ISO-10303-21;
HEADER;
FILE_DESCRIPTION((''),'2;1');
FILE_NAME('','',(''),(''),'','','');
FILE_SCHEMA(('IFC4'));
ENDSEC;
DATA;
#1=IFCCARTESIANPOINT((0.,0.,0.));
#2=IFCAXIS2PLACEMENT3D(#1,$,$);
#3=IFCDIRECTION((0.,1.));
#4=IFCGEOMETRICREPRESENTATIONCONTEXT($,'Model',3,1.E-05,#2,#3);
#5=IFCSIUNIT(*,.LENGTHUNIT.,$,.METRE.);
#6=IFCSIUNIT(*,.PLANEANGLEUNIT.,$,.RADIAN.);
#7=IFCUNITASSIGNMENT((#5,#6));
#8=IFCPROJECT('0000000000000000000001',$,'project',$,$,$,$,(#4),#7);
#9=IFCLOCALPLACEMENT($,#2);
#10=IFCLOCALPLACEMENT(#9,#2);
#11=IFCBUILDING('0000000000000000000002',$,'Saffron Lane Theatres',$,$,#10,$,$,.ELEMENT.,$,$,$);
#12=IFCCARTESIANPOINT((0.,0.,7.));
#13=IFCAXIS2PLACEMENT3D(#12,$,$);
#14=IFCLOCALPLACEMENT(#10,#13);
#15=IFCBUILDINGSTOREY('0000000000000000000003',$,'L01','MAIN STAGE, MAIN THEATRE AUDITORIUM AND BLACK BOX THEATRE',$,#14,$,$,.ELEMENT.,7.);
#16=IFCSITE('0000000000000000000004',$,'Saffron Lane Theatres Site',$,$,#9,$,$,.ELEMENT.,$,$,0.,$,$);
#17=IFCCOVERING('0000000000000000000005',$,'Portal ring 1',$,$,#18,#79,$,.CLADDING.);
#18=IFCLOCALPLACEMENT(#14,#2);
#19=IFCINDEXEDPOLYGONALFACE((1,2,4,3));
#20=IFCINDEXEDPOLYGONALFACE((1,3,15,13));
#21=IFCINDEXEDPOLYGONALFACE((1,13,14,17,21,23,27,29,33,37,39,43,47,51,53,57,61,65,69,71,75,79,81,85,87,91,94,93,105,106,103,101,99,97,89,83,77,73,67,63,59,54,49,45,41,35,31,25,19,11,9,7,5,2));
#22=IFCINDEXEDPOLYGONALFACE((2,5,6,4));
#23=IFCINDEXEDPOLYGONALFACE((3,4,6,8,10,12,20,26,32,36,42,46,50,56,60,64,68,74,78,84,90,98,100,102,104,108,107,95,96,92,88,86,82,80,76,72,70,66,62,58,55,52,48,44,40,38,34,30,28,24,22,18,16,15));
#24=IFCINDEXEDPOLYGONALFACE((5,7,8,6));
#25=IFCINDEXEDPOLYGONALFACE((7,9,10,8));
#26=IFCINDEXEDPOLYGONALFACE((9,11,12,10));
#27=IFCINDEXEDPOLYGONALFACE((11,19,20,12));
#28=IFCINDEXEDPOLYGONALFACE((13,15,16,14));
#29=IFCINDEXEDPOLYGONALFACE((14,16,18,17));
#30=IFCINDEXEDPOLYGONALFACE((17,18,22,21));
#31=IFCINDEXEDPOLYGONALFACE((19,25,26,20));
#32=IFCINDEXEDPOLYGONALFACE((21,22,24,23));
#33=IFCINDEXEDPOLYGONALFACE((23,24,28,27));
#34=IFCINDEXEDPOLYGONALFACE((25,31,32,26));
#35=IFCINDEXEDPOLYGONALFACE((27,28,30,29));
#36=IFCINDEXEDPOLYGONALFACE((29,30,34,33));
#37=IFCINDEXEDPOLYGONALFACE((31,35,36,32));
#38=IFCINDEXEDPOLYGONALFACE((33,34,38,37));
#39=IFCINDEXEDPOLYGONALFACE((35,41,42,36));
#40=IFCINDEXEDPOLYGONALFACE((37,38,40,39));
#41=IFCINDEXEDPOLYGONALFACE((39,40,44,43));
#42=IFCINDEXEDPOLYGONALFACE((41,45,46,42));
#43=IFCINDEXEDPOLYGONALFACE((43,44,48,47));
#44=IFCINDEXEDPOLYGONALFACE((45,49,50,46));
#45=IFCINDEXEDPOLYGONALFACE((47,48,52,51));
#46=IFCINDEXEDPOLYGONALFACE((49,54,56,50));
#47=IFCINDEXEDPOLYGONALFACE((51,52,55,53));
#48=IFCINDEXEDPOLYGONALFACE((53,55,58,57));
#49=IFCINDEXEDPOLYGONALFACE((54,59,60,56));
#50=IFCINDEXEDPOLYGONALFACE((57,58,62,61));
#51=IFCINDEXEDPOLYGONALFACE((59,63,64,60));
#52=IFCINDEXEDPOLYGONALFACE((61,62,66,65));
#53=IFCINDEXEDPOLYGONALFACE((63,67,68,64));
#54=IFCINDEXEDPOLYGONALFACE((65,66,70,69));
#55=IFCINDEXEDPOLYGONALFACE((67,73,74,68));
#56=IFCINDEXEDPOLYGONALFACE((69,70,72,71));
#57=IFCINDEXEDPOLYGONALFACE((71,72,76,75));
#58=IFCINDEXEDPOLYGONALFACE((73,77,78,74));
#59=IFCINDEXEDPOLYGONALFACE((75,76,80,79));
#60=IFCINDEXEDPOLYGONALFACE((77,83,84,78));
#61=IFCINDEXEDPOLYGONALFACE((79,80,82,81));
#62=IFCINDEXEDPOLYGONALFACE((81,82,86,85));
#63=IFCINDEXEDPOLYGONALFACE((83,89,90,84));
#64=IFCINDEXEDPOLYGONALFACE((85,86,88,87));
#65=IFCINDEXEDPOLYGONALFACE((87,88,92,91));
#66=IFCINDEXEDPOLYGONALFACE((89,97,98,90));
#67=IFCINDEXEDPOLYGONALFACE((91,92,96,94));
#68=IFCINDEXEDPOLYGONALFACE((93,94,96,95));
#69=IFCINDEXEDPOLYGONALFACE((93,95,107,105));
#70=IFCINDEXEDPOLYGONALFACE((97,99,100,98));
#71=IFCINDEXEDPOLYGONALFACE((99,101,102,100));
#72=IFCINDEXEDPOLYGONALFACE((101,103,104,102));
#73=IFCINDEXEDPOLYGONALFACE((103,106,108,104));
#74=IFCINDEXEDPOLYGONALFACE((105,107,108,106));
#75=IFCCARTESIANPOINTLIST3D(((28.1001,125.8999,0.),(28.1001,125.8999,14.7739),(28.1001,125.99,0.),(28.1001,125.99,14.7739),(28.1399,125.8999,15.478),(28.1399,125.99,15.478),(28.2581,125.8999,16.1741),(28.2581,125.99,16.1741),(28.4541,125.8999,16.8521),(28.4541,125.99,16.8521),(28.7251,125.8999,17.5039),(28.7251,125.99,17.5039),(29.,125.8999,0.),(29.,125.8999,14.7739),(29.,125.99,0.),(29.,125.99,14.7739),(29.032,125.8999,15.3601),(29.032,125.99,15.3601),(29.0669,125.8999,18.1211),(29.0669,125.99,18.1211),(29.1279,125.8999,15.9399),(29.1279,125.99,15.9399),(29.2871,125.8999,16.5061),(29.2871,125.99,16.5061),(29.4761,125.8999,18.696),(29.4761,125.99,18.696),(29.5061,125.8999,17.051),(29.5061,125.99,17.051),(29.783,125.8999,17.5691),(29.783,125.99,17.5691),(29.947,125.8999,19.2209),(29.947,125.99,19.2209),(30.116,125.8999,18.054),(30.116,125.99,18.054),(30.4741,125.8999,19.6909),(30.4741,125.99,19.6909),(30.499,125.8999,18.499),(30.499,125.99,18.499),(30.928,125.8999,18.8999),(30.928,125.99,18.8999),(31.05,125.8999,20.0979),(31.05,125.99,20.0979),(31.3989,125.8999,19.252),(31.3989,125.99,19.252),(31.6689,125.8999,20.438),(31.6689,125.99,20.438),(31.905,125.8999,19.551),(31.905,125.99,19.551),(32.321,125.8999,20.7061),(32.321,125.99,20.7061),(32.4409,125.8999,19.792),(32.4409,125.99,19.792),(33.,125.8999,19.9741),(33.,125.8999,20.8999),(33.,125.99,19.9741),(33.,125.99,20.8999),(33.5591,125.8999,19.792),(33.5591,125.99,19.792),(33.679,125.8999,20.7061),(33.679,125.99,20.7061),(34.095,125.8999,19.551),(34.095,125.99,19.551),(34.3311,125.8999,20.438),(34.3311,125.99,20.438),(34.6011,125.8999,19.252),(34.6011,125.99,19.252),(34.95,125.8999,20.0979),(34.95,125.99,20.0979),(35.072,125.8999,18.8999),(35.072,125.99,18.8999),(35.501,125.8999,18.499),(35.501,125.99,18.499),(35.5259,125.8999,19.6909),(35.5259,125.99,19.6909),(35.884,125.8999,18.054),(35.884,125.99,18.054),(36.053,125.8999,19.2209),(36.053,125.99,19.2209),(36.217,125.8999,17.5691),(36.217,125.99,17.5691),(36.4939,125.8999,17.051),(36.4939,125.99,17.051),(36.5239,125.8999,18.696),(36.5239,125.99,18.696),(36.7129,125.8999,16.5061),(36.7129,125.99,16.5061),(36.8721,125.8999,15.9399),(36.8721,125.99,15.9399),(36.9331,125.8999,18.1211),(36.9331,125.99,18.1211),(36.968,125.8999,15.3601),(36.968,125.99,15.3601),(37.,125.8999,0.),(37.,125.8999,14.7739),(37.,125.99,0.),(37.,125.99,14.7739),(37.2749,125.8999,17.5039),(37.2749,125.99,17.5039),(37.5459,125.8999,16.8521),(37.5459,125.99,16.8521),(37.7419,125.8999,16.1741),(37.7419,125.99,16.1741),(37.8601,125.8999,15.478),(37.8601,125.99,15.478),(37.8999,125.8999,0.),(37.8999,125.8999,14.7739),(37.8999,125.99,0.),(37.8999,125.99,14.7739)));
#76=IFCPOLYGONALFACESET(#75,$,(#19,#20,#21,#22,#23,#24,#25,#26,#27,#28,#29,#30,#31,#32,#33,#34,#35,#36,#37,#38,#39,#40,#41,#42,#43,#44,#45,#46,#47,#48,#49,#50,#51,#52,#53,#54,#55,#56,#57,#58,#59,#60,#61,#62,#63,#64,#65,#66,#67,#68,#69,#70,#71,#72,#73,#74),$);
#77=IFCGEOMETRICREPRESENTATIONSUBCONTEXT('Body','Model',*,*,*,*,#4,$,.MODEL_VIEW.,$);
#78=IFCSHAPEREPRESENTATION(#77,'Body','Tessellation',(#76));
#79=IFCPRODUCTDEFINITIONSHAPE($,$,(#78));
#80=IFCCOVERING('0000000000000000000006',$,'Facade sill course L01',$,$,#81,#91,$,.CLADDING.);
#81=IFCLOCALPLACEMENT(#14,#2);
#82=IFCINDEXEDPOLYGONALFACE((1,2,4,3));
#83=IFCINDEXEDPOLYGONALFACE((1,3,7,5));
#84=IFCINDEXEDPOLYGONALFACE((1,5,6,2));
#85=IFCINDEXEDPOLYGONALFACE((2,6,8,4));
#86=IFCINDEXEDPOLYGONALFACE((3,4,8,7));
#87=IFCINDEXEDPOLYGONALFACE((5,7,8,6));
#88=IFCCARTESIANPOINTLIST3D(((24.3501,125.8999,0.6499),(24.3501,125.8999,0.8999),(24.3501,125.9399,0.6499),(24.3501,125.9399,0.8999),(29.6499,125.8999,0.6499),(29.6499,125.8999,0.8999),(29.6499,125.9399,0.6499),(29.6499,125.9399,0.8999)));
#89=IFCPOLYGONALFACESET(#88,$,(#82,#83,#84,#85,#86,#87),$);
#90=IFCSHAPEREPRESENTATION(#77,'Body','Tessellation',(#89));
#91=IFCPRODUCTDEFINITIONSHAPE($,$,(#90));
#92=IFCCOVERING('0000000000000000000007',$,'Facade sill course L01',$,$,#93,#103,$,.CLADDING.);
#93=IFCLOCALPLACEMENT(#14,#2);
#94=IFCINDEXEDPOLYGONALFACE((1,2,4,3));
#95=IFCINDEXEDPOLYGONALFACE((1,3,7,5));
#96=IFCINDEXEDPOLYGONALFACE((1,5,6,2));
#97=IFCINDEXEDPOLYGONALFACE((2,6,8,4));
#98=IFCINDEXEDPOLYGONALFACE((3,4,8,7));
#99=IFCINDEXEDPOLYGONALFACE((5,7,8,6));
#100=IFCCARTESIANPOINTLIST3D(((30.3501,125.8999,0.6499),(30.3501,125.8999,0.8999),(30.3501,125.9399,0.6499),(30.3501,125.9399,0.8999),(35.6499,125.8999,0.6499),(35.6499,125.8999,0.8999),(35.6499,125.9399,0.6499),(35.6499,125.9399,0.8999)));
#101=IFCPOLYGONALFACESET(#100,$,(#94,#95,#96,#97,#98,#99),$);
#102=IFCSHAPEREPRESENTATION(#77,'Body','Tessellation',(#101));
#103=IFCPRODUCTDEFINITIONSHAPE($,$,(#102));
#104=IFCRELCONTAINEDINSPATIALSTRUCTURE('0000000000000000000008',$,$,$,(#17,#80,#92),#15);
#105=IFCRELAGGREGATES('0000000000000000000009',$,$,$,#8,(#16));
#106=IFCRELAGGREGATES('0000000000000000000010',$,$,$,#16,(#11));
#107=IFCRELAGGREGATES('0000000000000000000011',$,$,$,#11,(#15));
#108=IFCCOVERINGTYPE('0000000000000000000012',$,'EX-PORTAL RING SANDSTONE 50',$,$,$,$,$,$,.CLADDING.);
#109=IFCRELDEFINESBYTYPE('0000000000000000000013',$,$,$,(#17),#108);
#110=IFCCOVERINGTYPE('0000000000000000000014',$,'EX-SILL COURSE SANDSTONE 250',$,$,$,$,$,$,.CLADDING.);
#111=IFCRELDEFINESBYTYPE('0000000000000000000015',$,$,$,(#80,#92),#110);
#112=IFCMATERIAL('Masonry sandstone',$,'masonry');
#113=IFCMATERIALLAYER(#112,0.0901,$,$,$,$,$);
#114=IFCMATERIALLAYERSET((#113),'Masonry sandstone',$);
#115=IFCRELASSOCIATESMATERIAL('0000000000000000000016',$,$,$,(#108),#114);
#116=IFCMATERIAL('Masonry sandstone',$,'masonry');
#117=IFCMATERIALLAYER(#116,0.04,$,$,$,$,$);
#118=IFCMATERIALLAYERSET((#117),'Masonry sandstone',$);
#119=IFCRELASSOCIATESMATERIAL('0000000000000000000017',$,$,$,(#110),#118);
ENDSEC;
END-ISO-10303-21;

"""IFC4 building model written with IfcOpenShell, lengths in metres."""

from ifc_helpers import new_model, si_unit, direction, frame, origin, origin_2d, place, context, subcontext, project, spatial, polyline, rectangle, outline, extrude, material, layer, layer_set, type_object, element, save


model = new_model("IFC4")

# Units and contexts
model_context = context("Model", 3, precision=1e-05, world=origin(), true_north=direction((0.0, 1.0)))
body_context = subcontext(model_context, "Body", "Model", "MODEL_VIEW")
ifc_project = project(units=[si_unit("LENGTHUNIT", "METRE"), si_unit("PLANEANGLEUNIT", "RADIAN")], contexts=[model_context])

# Site, building, storey
site_placement = place(None, origin())
site = spatial("IfcSite", under=ifc_project, at=site_placement, Name="Saffron Lane Theatres Site", CompositionType="ELEMENT", RefElevation=0.0)
building_placement = place(site_placement, origin())
building = spatial("IfcBuilding", under=site, at=building_placement, Name="Saffron Lane Theatres", CompositionType="ELEMENT")
storey_placement = place(building_placement, frame((0.0, 0.0, 7.0)))
storey = spatial("IfcBuildingStorey", under=building, at=storey_placement, Name="L01", Description="MAIN STAGE, MAIN THEATRE AUDITORIUM AND BLACK BOX THEATRE", CompositionType="ELEMENT", Elevation=7.0)

# Coverings
ifc_material_1 = material(Name="Masonry sandstone", Category="masonry")
ifc_layer_1 = layer(ifc_material_1, 0.0901)
ifc_layer_set_1 = layer_set([ifc_layer_1], Name="Masonry sandstone")
covering_type_1 = type_object("IfcCoveringType", Name="EX-PORTAL RING SANDSTONE 50", PredefinedType="CLADDING", material=ifc_layer_set_1)
covering_1_placement = place(storey_placement, frame((28.1001, 125.8999, 14.7739), z_axis=(0.0, -1.0, 0.0), x_axis=(0.0, 0.0, -1.0)))
element("IfcCovering", 1, at=covering_1_placement, inside=storey, type_object=covering_type_1, Name="Portal ring 1", PredefinedType="CLADDING", context=body_context, shape_type="SweptSolid", body=[
    extrude(outline(polyline([(0.0, 0.0), (14.7739, 0.0), (14.7739, 0.8999), (0.0, 0.8999), (-0.5862, 0.9319), (-1.166, 1.0278), (-1.7322, 1.187), (-2.2771, 1.406), (-2.7952, 1.6829), (-3.28, 2.0159), (-3.7251, 2.3989), (-4.126, 2.8279), (-4.478, 3.2988), (-4.7771, 3.8049), (-5.0181, 4.3408), (-5.2002, 4.8999), (-5.0181, 5.459), (-4.7771, 5.9949), (-4.478, 6.501), (-4.126, 6.9719), (-3.7251, 7.4009), (-3.28, 7.7839), (-2.7952, 8.1169), (-2.2771, 8.3938), (-1.7322, 8.6128), (-1.166, 8.772), (-0.5862, 8.8679), (0.0, 8.8999), (14.7739, 8.8999), (14.7739, 9.7998), (0.0, 9.7998), (-0.7041, 9.76), (-1.4001, 9.6418), (-2.0781, 9.4458), (-2.73, 9.1748), (-3.3472, 8.833), (-3.9221, 8.4238), (-4.447, 7.9529), (-4.917, 7.4258), (-5.324, 6.8499), (-5.6641, 6.231), (-5.9321, 5.5789), (-6.126, 4.8999), (-5.9321, 4.2209), (-5.6641, 3.5688), (-5.324, 2.95), (-4.917, 2.374), (-4.447, 1.8469), (-3.9221, 1.376), (-3.3472, 0.9668), (-2.73, 0.625), (-2.0781, 0.354), (-1.4001, 0.158), (-0.7041, 0.0398), (0.0, 0.0)])), origin(), (0.0, 0.0, -1.0), 0.0901),
])
ifc_material_2 = material(Name="Masonry sandstone", Category="masonry")
ifc_layer_2 = layer(ifc_material_2, 0.04)
ifc_layer_set_2 = layer_set([ifc_layer_2], Name="Masonry sandstone")
covering_type_2 = type_object("IfcCoveringType", Name="EX-SILL COURSE SANDSTONE 250", PredefinedType="CLADDING", material=ifc_layer_set_2)
for number, where, z_axis, x_axis, name in (
    (2, (27.0, 125.9199, 0.6499), (0.0, 0.0, 1.0), (1.0, 0.0, 0.0), "Facade sill course L01"),
    (3, (33.0, 125.9199, 0.6499), (0.0, 0.0, 1.0), (1.0, 0.0, 0.0), "Facade sill course L01"),
):
    element("IfcCovering", number, at=place(storey_placement, frame(where, z_axis=z_axis, x_axis=x_axis)), inside=storey, type_object=covering_type_2, Name=name, PredefinedType="CLADDING", context=body_context, shape_type="SweptSolid", body=[
        extrude(rectangle(XDim=5.2998, YDim=0.04, at=origin_2d()), origin(), (0.0, 0.0, 1.0), 0.25),
    ])

save(model, "model.ifc")
